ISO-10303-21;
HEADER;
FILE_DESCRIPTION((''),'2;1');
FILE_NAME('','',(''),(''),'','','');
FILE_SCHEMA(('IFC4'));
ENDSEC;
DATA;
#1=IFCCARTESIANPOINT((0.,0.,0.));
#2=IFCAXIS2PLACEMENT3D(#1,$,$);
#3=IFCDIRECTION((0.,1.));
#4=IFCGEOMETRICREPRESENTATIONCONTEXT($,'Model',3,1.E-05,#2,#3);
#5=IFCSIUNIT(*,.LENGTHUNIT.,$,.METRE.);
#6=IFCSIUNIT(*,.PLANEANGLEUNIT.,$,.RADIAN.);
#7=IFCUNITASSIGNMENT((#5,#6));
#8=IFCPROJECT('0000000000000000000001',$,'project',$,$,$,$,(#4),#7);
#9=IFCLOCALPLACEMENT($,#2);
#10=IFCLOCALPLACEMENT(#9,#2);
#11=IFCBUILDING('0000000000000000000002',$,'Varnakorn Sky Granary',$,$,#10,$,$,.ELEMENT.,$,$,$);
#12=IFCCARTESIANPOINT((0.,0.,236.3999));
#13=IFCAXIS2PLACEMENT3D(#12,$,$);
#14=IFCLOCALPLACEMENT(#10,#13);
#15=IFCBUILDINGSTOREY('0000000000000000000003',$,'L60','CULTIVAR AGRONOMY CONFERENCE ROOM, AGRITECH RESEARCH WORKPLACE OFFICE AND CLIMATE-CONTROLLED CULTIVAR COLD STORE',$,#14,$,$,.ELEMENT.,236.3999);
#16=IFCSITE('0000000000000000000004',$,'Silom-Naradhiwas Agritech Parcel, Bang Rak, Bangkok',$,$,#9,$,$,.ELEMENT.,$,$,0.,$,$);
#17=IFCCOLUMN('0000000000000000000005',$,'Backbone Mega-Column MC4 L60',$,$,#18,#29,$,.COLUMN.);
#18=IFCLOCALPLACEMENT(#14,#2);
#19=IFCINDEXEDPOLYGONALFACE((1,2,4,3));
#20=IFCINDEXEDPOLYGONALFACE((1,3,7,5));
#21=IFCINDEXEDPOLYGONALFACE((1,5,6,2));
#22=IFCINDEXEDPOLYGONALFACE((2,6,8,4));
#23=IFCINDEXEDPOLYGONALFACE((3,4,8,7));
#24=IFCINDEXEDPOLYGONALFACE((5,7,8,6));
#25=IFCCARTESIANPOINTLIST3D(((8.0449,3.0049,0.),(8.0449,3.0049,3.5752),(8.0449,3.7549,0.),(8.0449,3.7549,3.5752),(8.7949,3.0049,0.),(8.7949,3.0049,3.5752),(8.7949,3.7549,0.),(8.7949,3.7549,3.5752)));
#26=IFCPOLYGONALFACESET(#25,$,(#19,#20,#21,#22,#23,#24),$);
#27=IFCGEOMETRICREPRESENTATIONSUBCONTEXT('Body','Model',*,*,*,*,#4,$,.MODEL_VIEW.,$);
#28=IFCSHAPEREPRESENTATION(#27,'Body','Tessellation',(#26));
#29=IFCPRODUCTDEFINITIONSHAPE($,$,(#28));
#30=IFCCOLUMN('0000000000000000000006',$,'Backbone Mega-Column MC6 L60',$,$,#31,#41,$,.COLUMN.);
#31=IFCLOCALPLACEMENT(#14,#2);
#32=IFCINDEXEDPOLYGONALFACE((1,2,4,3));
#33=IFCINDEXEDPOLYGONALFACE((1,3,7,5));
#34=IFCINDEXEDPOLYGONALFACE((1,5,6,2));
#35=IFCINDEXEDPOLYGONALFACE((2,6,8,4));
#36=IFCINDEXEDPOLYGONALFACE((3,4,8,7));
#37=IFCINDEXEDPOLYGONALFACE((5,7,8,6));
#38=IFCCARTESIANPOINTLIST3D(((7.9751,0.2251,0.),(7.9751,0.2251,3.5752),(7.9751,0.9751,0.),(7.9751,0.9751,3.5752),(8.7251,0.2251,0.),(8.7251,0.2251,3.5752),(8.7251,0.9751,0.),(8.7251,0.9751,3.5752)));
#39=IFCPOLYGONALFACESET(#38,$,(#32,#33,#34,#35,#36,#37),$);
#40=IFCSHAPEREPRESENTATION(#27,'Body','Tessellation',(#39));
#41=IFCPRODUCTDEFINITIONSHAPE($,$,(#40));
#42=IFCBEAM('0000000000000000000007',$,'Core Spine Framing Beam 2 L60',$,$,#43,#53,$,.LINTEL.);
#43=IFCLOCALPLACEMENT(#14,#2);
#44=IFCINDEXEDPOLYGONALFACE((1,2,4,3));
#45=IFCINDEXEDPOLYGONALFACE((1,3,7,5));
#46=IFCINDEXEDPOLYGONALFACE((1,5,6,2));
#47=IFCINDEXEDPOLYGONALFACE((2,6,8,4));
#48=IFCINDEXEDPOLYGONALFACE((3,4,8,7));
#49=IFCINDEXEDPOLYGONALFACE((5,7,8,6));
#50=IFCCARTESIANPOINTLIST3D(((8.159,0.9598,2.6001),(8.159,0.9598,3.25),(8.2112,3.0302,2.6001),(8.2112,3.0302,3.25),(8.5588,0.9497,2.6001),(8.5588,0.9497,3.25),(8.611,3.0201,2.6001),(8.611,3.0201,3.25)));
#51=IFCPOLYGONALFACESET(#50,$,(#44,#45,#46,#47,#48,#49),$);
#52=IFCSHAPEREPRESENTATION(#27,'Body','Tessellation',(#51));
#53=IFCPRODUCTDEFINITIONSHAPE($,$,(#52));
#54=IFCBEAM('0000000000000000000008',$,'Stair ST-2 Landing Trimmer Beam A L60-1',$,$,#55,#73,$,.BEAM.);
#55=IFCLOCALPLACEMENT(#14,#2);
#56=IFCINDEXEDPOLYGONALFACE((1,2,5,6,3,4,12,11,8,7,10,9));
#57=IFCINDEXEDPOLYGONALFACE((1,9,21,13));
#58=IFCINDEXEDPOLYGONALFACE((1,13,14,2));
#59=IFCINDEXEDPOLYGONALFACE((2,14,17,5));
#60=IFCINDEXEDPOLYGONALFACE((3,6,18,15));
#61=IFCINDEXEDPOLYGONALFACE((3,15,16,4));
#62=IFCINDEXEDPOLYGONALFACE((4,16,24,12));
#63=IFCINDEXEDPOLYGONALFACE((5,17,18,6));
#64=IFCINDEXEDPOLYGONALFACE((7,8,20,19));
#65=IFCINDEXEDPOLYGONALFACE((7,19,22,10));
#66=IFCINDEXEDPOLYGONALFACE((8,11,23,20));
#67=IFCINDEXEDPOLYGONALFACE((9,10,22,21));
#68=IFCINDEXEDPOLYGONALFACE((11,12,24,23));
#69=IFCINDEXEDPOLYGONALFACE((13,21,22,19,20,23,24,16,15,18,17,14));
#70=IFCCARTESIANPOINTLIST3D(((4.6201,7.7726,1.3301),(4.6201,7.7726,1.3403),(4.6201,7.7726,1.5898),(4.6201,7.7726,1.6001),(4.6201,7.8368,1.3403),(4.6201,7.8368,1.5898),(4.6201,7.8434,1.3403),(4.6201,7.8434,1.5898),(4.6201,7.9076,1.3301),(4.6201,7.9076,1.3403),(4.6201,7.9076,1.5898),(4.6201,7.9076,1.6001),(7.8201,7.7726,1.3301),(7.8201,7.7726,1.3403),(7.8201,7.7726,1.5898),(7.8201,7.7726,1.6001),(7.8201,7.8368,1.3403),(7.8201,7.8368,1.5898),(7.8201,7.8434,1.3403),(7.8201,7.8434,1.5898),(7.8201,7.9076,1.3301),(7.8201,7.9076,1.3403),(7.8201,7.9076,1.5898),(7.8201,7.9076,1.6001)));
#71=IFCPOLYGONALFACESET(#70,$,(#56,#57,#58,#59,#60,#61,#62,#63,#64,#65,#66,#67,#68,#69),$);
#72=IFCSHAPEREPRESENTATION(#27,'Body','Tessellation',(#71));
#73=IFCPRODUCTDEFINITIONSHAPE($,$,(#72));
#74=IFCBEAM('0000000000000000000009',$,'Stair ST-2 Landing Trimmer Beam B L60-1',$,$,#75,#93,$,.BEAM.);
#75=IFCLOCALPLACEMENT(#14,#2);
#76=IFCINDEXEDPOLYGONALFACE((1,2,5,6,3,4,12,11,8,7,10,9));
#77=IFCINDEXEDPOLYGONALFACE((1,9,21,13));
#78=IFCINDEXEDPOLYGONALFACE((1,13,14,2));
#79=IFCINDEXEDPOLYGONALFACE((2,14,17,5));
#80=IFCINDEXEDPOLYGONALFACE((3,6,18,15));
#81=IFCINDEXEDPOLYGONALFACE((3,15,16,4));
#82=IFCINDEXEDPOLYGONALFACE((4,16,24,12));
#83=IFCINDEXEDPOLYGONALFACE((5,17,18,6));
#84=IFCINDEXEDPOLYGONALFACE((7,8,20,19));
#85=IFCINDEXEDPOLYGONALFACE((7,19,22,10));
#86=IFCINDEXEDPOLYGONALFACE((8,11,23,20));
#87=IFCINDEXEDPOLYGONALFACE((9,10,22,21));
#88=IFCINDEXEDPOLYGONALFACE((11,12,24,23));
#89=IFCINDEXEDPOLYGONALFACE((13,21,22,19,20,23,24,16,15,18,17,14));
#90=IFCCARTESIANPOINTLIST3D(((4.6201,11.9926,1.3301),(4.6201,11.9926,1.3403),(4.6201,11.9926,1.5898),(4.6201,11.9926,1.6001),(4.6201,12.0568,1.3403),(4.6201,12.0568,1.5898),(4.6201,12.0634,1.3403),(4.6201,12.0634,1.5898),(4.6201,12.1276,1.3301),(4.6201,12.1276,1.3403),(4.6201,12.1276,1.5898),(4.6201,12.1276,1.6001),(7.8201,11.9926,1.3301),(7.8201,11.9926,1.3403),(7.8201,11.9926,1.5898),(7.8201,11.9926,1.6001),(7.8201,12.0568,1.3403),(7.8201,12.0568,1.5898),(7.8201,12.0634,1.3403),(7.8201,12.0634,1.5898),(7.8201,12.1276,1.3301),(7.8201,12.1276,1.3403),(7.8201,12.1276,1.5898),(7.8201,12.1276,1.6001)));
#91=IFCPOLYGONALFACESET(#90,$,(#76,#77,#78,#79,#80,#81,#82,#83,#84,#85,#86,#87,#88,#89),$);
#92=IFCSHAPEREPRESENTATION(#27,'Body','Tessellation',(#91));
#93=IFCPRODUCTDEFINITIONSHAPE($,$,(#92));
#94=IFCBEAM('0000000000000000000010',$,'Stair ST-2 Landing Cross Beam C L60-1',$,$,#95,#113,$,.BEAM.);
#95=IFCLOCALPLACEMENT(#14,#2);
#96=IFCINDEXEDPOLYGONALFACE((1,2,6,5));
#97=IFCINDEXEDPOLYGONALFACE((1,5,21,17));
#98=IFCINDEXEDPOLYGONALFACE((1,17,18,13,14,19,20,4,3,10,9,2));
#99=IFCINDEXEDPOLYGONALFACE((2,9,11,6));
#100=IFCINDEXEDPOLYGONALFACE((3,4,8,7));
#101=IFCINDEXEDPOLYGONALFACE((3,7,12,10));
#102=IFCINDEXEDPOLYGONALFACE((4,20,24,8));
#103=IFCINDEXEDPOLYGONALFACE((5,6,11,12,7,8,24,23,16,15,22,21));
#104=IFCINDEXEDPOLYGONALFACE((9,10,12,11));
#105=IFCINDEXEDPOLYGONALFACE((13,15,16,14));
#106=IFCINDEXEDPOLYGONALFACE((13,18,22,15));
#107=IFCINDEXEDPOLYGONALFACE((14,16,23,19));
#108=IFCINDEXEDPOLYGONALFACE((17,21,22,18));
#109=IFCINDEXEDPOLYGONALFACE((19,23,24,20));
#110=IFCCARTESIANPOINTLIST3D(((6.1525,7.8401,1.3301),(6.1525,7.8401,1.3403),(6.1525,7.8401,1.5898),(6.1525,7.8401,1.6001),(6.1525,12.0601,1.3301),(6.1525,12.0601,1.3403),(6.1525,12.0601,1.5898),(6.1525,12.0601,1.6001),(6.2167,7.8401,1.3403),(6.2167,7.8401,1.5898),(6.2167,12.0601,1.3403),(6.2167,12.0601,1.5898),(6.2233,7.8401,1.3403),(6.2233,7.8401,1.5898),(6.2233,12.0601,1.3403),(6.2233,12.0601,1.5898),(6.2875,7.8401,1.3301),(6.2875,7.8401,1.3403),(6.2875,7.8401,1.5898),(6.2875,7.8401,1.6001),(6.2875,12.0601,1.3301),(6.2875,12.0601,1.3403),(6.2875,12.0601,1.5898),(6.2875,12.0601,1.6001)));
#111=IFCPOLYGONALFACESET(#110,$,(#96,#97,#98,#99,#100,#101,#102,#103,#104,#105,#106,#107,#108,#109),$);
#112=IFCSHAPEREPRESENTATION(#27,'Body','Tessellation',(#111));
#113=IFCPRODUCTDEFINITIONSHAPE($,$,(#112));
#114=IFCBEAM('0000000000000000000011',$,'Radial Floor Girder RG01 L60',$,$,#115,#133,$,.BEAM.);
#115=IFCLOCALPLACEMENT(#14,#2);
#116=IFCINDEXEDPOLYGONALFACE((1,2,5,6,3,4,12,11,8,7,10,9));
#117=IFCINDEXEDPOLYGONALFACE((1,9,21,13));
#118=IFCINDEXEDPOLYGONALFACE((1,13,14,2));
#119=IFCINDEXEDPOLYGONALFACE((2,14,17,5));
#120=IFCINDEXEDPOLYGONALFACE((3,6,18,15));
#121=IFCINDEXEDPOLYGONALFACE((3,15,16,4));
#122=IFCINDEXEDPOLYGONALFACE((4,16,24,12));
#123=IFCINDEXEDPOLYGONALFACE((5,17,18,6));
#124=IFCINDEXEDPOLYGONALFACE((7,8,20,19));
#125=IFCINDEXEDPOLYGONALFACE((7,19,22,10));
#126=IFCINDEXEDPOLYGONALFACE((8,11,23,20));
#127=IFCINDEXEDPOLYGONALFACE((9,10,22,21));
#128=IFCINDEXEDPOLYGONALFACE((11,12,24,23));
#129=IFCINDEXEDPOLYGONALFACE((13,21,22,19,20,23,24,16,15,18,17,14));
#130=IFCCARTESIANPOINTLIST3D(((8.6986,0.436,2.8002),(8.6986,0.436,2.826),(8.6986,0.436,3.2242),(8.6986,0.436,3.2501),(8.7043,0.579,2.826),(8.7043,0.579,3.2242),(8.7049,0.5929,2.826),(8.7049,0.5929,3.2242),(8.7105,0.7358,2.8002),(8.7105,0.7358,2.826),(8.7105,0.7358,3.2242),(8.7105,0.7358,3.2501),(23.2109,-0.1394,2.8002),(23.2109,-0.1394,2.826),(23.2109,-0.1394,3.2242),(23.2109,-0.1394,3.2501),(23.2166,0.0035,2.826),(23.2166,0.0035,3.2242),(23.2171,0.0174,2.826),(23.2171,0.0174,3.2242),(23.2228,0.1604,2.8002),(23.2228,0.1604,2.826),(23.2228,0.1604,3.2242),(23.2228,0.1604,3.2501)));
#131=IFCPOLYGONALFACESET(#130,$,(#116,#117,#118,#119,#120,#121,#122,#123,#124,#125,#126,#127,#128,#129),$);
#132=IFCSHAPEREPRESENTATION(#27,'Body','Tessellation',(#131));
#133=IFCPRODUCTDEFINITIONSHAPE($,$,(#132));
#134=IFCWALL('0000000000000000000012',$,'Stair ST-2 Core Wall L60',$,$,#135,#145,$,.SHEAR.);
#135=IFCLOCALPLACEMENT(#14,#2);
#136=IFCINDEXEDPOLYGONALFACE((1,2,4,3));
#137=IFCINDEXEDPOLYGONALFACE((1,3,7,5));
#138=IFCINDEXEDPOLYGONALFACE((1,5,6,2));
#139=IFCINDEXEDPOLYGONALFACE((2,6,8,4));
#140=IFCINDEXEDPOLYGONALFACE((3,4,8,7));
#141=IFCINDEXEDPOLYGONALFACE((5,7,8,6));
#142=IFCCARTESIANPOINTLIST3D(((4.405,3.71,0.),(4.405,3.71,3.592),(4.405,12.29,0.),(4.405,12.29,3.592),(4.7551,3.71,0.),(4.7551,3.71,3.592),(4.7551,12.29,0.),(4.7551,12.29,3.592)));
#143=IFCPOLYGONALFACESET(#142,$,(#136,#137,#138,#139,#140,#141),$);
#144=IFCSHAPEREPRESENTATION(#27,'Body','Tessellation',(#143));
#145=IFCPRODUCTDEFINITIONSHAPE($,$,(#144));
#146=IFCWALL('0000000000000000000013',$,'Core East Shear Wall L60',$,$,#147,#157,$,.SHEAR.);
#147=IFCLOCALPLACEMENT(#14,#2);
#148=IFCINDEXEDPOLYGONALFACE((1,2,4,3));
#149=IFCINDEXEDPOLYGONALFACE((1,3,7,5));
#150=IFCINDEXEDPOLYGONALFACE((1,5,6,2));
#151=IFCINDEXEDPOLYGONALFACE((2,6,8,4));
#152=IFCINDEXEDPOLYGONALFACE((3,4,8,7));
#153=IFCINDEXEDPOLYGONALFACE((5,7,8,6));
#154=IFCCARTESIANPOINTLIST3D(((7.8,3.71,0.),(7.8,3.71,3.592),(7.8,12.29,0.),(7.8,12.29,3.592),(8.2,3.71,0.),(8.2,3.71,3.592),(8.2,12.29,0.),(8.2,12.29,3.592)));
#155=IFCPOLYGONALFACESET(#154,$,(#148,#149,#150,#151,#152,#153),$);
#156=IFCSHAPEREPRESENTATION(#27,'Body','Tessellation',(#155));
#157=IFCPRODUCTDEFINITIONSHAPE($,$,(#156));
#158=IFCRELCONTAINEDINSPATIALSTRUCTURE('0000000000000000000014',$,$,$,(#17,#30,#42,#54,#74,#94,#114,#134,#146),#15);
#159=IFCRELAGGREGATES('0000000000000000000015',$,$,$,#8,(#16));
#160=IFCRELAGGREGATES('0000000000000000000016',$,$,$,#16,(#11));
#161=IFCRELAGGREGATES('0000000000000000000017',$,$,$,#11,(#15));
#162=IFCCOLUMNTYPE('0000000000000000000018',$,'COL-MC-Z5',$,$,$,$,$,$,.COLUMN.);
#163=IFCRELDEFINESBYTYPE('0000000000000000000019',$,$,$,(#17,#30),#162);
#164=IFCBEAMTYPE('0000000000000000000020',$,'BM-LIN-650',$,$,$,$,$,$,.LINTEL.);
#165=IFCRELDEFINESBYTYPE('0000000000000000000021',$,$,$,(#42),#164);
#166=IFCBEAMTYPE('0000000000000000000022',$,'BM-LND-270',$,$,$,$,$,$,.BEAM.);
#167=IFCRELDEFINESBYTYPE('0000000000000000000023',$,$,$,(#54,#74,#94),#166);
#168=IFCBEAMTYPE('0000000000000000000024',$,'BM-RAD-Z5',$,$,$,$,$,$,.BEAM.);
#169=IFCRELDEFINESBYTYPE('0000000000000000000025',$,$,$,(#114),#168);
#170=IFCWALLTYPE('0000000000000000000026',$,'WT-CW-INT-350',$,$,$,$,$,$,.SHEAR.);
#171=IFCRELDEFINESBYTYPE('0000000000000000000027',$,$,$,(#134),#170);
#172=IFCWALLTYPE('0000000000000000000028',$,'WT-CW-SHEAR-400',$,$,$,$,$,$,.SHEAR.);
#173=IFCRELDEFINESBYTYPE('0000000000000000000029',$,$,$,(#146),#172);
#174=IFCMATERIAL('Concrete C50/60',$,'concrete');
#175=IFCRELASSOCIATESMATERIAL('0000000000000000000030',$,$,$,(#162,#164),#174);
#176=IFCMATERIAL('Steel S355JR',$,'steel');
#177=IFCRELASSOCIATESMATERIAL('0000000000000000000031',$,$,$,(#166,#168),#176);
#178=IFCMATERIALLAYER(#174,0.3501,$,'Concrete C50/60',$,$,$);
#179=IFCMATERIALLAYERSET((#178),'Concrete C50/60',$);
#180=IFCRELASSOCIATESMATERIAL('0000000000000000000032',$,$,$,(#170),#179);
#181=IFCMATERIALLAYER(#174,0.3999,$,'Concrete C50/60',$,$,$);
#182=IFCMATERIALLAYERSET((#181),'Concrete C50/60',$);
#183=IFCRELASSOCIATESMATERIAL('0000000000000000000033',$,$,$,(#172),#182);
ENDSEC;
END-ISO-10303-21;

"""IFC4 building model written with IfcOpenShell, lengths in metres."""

from ifc_helpers import new_model, si_unit, direction, frame, frame_2d, origin, origin_2d, place, context, subcontext, project, spatial, rectangle, i_section, extrude, material, layer, layer_set, material_profile, profile_set, type_object, element, save


model = new_model("IFC4")

# Units and contexts
model_context = context("Model", 3, precision=1e-05, world=origin(), true_north=direction((0.0, 1.0)))
body_context = subcontext(model_context, "Body", "Model", "MODEL_VIEW")
ifc_project = project(units=[si_unit("LENGTHUNIT", "METRE"), si_unit("PLANEANGLEUNIT", "RADIAN")], contexts=[model_context])

# Site, building, storey
site_placement = place(None, origin())
site = spatial("IfcSite", under=ifc_project, at=site_placement, Name="Silom-Naradhiwas Agritech Parcel, Bang Rak, Bangkok", CompositionType="ELEMENT", RefElevation=0.0)
building_placement = place(site_placement, origin())
building = spatial("IfcBuilding", under=site, at=building_placement, Name="Varnakorn Sky Granary", CompositionType="ELEMENT")
storey_placement = place(building_placement, frame((0.0, 0.0, 236.3999)))
storey = spatial("IfcBuildingStorey", under=building, at=storey_placement, Name="L60", Description="CULTIVAR AGRONOMY CONFERENCE ROOM, AGRITECH RESEARCH WORKPLACE OFFICE AND CLIMATE-CONTROLLED CULTIVAR COLD STORE", CompositionType="ELEMENT", Elevation=236.3999)

# Columns
ifc_material_1 = material(Name="Concrete C50/60", Category="concrete")
ifc_material_profile_1 = material_profile(ifc_material_1, rectangle(XDim=0.75, YDim=0.75, at=origin_2d()), Name="RC 750x750")
ifc_profile_set_1 = profile_set([ifc_material_profile_1], Name="Concrete C50/60")
column_type = type_object("IfcColumnType", Name="COL-MC-Z5", PredefinedType="COLUMN", material=ifc_profile_set_1)
for number, where, z_axis, x_axis, name in (
    (1, (8.4199, 3.3799, 0.0), (0.0, 0.0, 1.0), (1.0, 0.0, 0.0), "Backbone Mega-Column MC4 L60"),
    (2, (8.3501, 0.6001, 0.0), (0.0, 0.0, 1.0), (1.0, 0.0, 0.0), "Backbone Mega-Column MC6 L60"),
):
    element("IfcColumn", number, at=place(storey_placement, frame(where, z_axis=z_axis, x_axis=x_axis)), inside=storey, type_object=column_type, Name=name, PredefinedType="COLUMN", context=body_context, shape_type="SweptSolid", body=[
        extrude(rectangle(XDim=0.75, YDim=0.75, at=origin_2d()), origin(), (0.0, 0.0, 1.0), 3.5752),
    ])

# Beams
ifc_material_profile_2 = material_profile(ifc_material_1, rectangle(XDim=0.3999, YDim=0.6499, at=origin_2d()), Name="RC 400x650")
ifc_profile_set_2 = profile_set([ifc_material_profile_2], Name="Concrete C50/60")
beam_type_1 = type_object("IfcBeamType", Name="BM-LIN-650", PredefinedType="LINTEL", material=ifc_profile_set_2)
beam_1_placement = place(storey_placement, frame((8.4111, 3.0251, 2.925), z_axis=(-0.025228, -0.999682, 0.0), x_axis=(0.999682, -0.025228, 0.0)))
element("IfcBeam", 3, at=beam_1_placement, inside=storey, type_object=beam_type_1, Name="Core Spine Framing Beam 2 L60", PredefinedType="LINTEL", context=body_context, shape_type="SweptSolid", body=[
    extrude(rectangle(XDim=0.3999, YDim=0.6499, at=origin_2d()), origin(), (0.0, 0.0, 1.0), 2.071),
])
ifc_material_2 = material(Name="Steel S355JR", Category="steel")
ifc_material_profile_3 = material_profile(ifc_material_2, i_section(OverallWidth=0.135, OverallDepth=0.27, WebThickness=0.0066, FlangeThickness=0.0103, at=origin_2d()), Name="IPE 270")
ifc_profile_set_3 = profile_set([ifc_material_profile_3], Name="Steel S355JR")
beam_type_2 = type_object("IfcBeamType", Name="BM-LND-270", PredefinedType="BEAM", material=ifc_profile_set_3)
for number, where, z_axis, x_axis, name in (
    (4, (4.6201, 7.8401, 1.4651), (1.0, 0.0, 0.0), (0.0, 1.0, 0.0), "Stair ST-2 Landing Trimmer Beam A L60-1"),
    (5, (4.6201, 12.0601, 1.4651), (1.0, 0.0, 0.0), (0.0, 1.0, 0.0), "Stair ST-2 Landing Trimmer Beam B L60-1"),
):
    element("IfcBeam", number, at=place(storey_placement, frame(where, z_axis=z_axis, x_axis=x_axis)), inside=storey, type_object=beam_type_2, Name=name, PredefinedType="BEAM", context=body_context, shape_type="SweptSolid", body=[
        extrude(i_section(OverallWidth=0.135, OverallDepth=0.27, WebThickness=0.0066, FlangeThickness=0.0103, at=origin_2d()), origin(), (0.0, 0.0, 1.0), 3.2),
    ])
beam_2_placement = place(storey_placement, frame((6.22, 7.8401, 1.4651), z_axis=(0.0, 1.0, 0.0), x_axis=(-1.0, 0.0, 0.0)))
element("IfcBeam", 6, at=beam_2_placement, inside=storey, type_object=beam_type_2, Name="Stair ST-2 Landing Cross Beam C L60-1", PredefinedType="BEAM", context=body_context, shape_type="SweptSolid", body=[
    extrude(i_section(OverallWidth=0.135, OverallDepth=0.27, WebThickness=0.0066, FlangeThickness=0.0103, at=origin_2d()), origin(), (0.0, 0.0, 1.0), 4.22),
])
ifc_material_profile_4 = material_profile(ifc_material_2, i_section(OverallWidth=0.3, OverallDepth=0.45, WebThickness=0.0139, FlangeThickness=0.0259, at=origin_2d()), Name="HE 450 B")
ifc_profile_set_4 = profile_set([ifc_material_profile_4], Name="Steel S355JR")
beam_type_3 = type_object("IfcBeamType", Name="BM-RAD-Z5", PredefinedType="BEAM", material=ifc_profile_set_4)
beam_3_placement = place(storey_placement, frame((8.7046, 0.5859, 3.0251), z_axis=(0.999215, -0.039621, 0.0), x_axis=(0.039621, 0.999215, 0.0)))
element("IfcBeam", 7, at=beam_3_placement, inside=storey, type_object=beam_type_3, Name="Radial Floor Girder RG01 L60", PredefinedType="BEAM", context=body_context, shape_type="SweptSolid", body=[
    extrude(i_section(OverallWidth=0.3, OverallDepth=0.45, WebThickness=0.0139, FlangeThickness=0.0259, at=origin_2d()), origin(), (0.0, 0.0, 1.0), 14.5237),
])

# Walls
ifc_layer_1 = layer(ifc_material_1, 0.3501, Name="Concrete C50/60")
ifc_layer_set_1 = layer_set([ifc_layer_1], Name="Concrete C50/60")
wall_type_1 = type_object("IfcWallType", Name="WT-CW-INT-350", PredefinedType="SHEAR", material=ifc_layer_set_1)
wall_1_placement = place(storey_placement, frame((4.5801, 3.71, 0.0), z_axis=(0.0, 0.0, 1.0), x_axis=(0.0, 1.0, 0.0)))
element("IfcWall", 8, at=wall_1_placement, inside=storey, type_object=wall_type_1, Name="Stair ST-2 Core Wall L60", PredefinedType="SHEAR", context=body_context, shape_type="SweptSolid", body=[
    extrude(rectangle(XDim=8.5801, YDim=0.3501, at=frame_2d((4.29, 0.0))), origin(), (0.0, 0.0, 1.0), 3.592),
])
ifc_layer_2 = layer(ifc_material_1, 0.3999, Name="Concrete C50/60")
ifc_layer_set_2 = layer_set([ifc_layer_2], Name="Concrete C50/60")
wall_type_2 = type_object("IfcWallType", Name="WT-CW-SHEAR-400", PredefinedType="SHEAR", material=ifc_layer_set_2)
wall_2_placement = place(storey_placement, frame((8.0, 3.71, 0.0), z_axis=(0.0, 0.0, 1.0), x_axis=(0.0, 1.0, 0.0)))
element("IfcWall", 9, at=wall_2_placement, inside=storey, type_object=wall_type_2, Name="Core East Shear Wall L60", PredefinedType="SHEAR", context=body_context, shape_type="SweptSolid", body=[
    extrude(rectangle(XDim=8.5801, YDim=0.3999, at=frame_2d((4.29, 0.0))), origin(), (0.0, 0.0, 1.0), 3.592),
])

save(model, "model.ifc")
